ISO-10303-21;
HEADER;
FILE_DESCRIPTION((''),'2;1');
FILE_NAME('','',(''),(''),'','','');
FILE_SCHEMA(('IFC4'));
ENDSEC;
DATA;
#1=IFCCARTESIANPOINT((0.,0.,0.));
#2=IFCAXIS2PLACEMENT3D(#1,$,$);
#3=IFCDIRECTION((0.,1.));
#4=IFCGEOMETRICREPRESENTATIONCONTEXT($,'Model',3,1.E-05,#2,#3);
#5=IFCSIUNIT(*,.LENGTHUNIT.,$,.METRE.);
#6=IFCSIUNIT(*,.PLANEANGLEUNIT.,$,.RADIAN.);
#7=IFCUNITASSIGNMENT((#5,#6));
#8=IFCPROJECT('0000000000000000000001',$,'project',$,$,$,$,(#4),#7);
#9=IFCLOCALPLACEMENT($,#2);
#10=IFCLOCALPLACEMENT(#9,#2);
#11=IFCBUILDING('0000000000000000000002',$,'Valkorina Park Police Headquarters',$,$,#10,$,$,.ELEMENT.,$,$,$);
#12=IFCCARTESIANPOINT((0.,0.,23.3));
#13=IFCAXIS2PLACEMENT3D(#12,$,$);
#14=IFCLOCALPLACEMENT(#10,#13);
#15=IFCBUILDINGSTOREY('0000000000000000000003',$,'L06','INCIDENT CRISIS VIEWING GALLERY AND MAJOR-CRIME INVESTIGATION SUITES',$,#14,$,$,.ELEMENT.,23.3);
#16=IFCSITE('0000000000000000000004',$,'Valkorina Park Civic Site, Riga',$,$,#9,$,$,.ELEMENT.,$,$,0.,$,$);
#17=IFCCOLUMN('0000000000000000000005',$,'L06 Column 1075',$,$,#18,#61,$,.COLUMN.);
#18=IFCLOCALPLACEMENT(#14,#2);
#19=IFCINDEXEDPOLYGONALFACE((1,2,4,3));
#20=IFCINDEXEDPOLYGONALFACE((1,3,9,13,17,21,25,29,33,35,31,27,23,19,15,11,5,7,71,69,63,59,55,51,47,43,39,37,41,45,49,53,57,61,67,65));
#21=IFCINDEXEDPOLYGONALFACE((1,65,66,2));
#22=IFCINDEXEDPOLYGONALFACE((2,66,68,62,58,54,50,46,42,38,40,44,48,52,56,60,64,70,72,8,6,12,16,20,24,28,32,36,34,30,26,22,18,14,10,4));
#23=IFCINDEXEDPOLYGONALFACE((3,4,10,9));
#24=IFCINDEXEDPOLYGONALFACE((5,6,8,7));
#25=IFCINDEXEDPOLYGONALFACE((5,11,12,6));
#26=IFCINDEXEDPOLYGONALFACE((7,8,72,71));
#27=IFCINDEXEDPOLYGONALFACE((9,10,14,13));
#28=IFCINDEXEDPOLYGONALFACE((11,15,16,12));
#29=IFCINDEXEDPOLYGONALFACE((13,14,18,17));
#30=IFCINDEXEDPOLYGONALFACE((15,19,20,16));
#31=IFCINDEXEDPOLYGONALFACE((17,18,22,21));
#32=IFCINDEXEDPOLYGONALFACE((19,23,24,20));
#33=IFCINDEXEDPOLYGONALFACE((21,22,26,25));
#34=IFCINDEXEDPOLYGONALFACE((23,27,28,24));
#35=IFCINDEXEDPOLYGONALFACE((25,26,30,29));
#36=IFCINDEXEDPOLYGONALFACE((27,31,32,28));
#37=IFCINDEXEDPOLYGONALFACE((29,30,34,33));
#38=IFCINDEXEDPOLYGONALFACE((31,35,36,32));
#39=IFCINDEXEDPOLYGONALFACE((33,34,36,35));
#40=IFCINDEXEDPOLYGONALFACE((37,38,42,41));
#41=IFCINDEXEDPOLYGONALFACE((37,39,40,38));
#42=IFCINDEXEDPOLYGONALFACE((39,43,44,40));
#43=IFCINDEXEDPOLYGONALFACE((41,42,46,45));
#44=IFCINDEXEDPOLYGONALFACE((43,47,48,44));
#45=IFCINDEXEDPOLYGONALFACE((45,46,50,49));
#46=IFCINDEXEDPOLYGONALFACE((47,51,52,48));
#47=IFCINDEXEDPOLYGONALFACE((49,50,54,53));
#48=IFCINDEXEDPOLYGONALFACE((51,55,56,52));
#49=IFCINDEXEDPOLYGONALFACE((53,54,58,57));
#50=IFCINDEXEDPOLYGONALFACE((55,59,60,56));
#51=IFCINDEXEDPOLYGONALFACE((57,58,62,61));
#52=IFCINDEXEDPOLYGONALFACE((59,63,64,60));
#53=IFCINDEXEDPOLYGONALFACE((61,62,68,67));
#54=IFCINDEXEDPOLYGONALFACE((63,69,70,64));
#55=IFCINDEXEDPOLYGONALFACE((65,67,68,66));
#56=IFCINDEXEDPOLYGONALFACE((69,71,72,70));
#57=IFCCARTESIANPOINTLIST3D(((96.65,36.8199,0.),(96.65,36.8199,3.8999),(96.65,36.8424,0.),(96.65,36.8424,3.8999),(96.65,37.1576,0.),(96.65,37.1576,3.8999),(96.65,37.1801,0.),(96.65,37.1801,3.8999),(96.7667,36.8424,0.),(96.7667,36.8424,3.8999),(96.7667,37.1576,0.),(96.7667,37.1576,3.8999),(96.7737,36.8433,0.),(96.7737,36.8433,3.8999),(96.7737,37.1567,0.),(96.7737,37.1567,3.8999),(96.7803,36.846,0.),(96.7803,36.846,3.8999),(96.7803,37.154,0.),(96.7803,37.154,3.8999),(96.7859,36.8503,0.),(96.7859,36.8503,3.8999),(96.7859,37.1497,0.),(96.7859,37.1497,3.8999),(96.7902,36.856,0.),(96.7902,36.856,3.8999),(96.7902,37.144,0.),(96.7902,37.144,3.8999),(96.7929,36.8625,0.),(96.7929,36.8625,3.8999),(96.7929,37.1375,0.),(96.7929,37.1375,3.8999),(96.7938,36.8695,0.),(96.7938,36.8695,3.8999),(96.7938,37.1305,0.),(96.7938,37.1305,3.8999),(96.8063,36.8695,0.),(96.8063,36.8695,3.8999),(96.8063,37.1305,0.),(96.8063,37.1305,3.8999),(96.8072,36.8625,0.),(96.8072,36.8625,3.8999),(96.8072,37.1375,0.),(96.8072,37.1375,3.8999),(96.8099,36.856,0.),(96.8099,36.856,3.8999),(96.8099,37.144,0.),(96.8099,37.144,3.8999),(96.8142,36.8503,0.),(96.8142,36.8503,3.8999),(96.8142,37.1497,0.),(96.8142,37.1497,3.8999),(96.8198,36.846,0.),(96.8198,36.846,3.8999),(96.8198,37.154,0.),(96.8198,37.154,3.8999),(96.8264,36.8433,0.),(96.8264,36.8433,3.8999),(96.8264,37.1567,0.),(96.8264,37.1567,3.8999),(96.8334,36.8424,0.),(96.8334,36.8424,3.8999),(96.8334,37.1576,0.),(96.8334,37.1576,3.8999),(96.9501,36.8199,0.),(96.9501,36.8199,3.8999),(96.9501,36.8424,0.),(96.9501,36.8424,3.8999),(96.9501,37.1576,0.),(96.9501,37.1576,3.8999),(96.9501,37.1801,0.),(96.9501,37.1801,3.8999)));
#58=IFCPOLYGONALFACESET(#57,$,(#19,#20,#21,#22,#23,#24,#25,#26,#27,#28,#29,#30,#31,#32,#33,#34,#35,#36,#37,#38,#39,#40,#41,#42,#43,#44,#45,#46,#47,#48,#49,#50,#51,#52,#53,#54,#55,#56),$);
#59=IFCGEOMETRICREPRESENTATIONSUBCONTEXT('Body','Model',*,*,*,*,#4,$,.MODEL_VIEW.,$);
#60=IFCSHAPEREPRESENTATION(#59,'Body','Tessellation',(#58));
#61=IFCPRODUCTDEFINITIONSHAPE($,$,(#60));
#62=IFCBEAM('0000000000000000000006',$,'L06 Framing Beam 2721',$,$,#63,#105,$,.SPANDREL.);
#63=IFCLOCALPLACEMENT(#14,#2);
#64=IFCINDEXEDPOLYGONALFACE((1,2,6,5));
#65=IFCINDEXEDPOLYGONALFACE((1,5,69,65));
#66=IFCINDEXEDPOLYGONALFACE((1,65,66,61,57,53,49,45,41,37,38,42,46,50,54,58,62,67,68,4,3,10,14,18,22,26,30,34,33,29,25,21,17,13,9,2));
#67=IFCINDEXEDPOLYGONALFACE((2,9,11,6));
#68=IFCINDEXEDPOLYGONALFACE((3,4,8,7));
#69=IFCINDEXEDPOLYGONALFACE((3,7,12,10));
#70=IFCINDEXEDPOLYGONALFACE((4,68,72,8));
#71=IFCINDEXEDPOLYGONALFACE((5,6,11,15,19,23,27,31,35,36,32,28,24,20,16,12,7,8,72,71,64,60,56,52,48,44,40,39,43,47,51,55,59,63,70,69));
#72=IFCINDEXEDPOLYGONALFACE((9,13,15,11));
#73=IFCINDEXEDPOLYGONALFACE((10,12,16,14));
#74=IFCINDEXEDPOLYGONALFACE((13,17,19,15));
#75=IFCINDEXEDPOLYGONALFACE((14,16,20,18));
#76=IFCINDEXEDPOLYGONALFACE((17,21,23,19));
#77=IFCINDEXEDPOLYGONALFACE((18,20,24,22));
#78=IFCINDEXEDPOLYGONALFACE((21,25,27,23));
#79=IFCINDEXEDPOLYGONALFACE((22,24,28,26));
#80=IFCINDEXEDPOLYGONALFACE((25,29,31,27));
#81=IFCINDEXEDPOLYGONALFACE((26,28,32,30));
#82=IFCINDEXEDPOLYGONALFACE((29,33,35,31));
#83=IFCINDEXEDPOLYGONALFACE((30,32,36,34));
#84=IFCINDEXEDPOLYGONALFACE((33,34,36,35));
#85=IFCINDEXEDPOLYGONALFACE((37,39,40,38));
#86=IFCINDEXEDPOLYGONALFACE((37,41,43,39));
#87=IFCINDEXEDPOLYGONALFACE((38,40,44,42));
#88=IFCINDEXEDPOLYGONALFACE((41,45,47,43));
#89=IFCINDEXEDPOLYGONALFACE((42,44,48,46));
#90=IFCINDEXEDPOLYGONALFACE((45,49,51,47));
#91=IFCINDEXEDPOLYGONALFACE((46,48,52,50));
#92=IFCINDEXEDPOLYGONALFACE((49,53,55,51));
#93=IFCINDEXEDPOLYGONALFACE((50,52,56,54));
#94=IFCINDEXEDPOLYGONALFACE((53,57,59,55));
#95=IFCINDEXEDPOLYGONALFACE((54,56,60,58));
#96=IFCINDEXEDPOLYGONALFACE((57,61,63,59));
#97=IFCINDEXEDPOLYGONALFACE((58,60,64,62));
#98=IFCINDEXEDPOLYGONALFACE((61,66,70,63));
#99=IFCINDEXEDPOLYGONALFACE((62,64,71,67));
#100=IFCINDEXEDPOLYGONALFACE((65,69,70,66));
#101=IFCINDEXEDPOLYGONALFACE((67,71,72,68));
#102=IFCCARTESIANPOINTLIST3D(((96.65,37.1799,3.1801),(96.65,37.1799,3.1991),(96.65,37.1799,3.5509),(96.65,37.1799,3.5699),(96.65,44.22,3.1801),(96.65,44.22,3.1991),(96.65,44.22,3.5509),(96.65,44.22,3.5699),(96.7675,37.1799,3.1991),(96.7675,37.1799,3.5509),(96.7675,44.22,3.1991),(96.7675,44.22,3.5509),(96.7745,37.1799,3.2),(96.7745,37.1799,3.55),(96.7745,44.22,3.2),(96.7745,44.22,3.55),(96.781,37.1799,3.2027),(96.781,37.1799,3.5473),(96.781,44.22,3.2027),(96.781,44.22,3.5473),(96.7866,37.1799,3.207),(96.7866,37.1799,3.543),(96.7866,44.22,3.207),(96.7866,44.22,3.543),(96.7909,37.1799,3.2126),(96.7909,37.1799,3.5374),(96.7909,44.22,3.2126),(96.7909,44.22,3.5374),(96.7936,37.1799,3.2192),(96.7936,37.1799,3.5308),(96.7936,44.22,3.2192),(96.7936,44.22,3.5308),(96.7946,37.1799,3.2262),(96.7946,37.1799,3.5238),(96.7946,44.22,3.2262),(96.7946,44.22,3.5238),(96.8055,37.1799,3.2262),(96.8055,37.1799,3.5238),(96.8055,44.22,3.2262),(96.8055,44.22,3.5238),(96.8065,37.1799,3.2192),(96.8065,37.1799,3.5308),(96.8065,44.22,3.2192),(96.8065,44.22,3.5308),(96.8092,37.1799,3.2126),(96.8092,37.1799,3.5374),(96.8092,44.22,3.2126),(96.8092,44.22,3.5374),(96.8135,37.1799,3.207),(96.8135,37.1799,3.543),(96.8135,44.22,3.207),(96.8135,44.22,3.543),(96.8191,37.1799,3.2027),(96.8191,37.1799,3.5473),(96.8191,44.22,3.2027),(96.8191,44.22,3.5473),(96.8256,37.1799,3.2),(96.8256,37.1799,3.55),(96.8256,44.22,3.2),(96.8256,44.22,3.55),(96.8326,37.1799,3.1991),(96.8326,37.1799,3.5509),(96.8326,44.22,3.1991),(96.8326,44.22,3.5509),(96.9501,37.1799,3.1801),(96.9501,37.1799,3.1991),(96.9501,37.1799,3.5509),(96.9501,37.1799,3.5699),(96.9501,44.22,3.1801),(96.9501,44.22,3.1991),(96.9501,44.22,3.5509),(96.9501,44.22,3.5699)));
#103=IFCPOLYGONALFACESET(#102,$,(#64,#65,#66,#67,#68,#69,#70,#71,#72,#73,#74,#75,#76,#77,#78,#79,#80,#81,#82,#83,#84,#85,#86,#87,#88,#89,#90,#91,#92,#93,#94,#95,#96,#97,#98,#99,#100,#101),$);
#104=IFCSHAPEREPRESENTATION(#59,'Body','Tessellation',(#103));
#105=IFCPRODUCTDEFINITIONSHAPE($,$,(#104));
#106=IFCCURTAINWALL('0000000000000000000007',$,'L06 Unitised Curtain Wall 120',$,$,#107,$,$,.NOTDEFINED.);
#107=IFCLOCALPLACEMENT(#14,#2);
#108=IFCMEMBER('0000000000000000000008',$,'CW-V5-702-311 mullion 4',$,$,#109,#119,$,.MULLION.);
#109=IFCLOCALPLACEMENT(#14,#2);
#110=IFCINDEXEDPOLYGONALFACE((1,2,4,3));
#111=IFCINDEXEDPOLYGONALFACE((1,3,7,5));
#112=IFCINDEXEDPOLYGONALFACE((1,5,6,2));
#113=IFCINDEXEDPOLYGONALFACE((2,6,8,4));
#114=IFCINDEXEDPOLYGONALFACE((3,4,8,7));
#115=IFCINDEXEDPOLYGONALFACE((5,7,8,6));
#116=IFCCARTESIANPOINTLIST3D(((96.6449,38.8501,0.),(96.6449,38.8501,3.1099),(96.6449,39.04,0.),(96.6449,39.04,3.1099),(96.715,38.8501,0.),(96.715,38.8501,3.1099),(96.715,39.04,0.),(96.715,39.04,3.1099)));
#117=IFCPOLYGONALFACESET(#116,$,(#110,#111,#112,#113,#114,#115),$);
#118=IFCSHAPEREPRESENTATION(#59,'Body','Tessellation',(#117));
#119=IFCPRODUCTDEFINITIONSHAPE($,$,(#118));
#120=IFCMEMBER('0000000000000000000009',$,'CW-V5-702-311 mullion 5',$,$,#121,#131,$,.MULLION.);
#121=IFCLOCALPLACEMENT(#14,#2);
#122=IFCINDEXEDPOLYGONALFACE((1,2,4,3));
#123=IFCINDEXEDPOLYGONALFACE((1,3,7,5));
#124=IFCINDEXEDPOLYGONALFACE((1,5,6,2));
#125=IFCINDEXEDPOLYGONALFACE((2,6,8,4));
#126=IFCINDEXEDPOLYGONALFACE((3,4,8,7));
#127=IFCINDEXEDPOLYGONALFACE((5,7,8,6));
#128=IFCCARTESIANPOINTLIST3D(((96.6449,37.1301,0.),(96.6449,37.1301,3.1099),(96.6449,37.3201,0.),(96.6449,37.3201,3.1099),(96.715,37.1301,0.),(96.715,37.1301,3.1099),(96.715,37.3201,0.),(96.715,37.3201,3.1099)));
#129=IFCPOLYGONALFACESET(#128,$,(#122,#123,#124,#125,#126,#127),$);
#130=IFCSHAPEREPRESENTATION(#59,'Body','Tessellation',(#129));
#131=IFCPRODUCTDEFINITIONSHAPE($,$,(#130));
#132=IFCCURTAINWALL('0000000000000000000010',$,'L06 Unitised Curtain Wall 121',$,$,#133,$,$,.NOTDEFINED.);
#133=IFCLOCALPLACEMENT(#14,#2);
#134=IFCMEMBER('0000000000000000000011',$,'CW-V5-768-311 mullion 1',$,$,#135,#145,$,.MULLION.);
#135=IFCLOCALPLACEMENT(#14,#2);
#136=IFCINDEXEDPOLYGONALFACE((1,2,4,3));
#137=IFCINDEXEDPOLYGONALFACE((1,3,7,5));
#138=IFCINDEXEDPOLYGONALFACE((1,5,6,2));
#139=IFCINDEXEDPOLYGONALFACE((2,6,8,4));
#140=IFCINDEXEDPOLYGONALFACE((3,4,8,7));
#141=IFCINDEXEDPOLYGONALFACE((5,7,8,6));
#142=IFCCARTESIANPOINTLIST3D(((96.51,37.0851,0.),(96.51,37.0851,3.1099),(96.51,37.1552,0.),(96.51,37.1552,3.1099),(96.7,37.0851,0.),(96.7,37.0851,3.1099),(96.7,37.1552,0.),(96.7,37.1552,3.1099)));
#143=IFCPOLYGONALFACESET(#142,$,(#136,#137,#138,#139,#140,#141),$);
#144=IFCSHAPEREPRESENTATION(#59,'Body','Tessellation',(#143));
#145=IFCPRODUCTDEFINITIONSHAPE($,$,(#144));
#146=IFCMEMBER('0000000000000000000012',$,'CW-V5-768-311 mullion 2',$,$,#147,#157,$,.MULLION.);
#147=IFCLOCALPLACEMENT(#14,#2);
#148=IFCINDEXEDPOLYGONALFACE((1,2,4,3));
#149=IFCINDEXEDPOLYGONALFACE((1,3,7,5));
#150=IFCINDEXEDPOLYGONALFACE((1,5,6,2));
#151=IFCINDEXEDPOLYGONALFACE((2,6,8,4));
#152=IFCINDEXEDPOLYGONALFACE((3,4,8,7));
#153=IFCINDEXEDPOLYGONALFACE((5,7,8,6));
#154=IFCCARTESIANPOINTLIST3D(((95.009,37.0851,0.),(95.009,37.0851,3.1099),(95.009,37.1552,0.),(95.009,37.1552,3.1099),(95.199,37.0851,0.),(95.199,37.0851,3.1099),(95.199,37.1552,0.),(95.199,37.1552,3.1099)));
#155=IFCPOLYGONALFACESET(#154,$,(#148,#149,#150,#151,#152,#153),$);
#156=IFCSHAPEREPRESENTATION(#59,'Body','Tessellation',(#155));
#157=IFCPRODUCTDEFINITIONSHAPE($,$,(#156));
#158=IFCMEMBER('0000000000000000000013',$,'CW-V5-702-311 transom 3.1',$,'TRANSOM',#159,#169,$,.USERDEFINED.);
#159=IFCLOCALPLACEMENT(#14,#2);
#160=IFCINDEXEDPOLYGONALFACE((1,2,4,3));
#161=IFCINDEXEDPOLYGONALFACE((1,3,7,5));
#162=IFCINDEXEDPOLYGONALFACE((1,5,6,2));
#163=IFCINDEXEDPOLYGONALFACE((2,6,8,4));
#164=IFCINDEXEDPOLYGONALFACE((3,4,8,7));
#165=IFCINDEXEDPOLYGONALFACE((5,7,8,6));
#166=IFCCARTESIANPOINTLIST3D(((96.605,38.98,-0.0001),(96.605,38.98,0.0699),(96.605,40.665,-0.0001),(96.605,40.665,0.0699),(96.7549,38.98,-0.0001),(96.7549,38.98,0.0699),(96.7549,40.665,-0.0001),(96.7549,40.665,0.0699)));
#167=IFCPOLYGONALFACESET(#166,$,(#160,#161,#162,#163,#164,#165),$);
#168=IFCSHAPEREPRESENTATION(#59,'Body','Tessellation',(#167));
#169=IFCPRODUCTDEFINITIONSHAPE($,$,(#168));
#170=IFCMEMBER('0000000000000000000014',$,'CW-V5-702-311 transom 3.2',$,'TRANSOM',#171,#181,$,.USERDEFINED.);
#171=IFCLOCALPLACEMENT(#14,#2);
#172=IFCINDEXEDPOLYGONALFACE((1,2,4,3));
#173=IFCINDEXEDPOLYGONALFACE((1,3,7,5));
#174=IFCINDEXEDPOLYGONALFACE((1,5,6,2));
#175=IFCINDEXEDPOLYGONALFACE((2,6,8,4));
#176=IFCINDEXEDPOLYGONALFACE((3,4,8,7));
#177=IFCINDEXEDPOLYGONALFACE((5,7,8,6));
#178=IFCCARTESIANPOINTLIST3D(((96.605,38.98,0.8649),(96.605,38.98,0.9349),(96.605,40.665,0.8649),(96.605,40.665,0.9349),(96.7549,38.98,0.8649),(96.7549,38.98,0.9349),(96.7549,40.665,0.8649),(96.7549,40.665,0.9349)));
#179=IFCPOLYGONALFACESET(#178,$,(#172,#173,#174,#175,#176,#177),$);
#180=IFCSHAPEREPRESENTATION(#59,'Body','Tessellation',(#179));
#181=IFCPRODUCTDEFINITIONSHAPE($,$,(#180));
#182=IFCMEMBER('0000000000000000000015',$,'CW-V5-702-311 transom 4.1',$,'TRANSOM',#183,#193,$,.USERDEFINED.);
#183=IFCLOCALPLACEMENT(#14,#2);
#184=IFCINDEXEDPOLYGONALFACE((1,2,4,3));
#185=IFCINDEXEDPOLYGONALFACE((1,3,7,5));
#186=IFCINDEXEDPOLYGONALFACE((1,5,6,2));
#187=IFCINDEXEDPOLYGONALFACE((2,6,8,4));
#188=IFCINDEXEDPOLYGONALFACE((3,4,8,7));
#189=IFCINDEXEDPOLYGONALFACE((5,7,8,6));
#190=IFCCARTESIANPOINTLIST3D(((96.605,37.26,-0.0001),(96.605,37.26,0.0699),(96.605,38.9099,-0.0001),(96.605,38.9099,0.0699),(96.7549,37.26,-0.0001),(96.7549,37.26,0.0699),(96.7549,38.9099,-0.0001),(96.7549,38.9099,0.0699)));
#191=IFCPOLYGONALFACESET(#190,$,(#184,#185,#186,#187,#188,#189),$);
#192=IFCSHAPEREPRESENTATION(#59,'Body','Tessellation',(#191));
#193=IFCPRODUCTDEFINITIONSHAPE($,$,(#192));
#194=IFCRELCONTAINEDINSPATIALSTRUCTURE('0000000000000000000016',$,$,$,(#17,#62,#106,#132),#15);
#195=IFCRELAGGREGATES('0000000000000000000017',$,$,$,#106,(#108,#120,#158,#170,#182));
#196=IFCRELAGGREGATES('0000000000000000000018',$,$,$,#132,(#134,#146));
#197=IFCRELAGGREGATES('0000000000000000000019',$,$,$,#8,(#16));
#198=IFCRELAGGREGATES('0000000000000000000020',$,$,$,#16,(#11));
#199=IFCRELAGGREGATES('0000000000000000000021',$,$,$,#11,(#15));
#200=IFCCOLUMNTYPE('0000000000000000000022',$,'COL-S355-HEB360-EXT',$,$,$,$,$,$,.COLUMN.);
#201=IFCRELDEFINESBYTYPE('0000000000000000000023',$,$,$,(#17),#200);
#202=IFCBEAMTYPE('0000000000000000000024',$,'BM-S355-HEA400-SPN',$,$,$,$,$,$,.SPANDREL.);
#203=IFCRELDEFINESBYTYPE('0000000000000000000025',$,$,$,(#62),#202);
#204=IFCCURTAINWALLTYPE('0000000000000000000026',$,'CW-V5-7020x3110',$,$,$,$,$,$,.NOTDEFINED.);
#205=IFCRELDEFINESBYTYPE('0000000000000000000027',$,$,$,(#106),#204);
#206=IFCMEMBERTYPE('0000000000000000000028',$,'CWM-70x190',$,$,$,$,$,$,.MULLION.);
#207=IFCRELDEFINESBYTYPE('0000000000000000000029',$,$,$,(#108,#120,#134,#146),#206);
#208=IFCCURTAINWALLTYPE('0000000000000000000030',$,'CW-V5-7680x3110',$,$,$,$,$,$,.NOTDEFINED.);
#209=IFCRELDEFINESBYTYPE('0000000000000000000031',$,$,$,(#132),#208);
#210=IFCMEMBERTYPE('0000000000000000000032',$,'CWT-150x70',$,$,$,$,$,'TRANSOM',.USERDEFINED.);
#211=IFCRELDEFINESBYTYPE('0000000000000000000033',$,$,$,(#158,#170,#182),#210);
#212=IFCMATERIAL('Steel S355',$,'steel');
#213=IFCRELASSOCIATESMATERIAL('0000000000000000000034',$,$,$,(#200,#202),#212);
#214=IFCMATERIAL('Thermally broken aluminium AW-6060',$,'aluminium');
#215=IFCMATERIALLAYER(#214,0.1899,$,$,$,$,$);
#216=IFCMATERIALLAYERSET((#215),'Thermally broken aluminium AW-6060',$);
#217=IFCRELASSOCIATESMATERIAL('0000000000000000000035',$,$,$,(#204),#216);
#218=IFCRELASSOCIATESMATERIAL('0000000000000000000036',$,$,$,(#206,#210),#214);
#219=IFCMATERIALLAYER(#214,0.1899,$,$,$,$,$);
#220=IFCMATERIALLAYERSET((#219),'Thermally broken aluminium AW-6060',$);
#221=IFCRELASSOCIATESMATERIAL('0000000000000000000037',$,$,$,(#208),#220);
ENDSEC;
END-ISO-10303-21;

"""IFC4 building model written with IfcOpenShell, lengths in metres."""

from ifc_helpers import new_model, si_unit, direction, frame, origin, origin_2d, place, context, subcontext, project, spatial, rectangle, i_section, extrude, material, layer, layer_set, material_profile, profile_set, type_object, element, aggregate, save


model = new_model("IFC4")

# Units and contexts
model_context = context("Model", 3, precision=1e-05, world=origin(), true_north=direction((0.0, 1.0)))
body_context = subcontext(model_context, "Body", "Model", "MODEL_VIEW")
ifc_project = project(units=[si_unit("LENGTHUNIT", "METRE"), si_unit("PLANEANGLEUNIT", "RADIAN")], contexts=[model_context])

# Site, building, storey
site_placement = place(None, origin())
site = spatial("IfcSite", under=ifc_project, at=site_placement, Name="Valkorina Park Civic Site, Riga", CompositionType="ELEMENT", RefElevation=0.0)
building_placement = place(site_placement, origin())
building = spatial("IfcBuilding", under=site, at=building_placement, Name="Valkorina Park Police Headquarters", CompositionType="ELEMENT")
storey_placement = place(building_placement, frame((0.0, 0.0, 23.3)))
storey = spatial("IfcBuildingStorey", under=building, at=storey_placement, Name="L06", Description="INCIDENT CRISIS VIEWING GALLERY AND MAJOR-CRIME INVESTIGATION SUITES", CompositionType="ELEMENT", Elevation=23.3)

# Column
ifc_material_1 = material(Name="Steel S355", Category="steel")
ifc_material_profile_1 = material_profile(ifc_material_1, i_section(OverallWidth=0.3, OverallDepth=0.3601, WebThickness=0.0125, FlangeThickness=0.0225, FilletRadius=0.0271, at=origin_2d()), Name="HEB 360")
ifc_profile_set_1 = profile_set([ifc_material_profile_1], Name="Steel S355")
column_type = type_object("IfcColumnType", Name="COL-S355-HEB360-EXT", PredefinedType="COLUMN", material=ifc_profile_set_1)
column_placement = place(storey_placement, frame((96.8, 37.0, 0.0), z_axis=(0.0, 0.0, 1.0), x_axis=(1.0, 0.0, 0.0)))
element("IfcColumn", 1, at=column_placement, inside=storey, type_object=column_type, Name="L06 Column 1075", PredefinedType="COLUMN", context=body_context, shape_type="SweptSolid", body=[
    extrude(i_section(OverallWidth=0.3, OverallDepth=0.3601, WebThickness=0.0125, FlangeThickness=0.0225, FilletRadius=0.0271, at=origin_2d()), origin(), (0.0, 0.0, 1.0), 3.8999),
])

# Beam
ifc_material_profile_2 = material_profile(ifc_material_1, i_section(OverallWidth=0.3, OverallDepth=0.3899, WebThickness=0.011, FlangeThickness=0.019, FilletRadius=0.0271, at=origin_2d()), Name="HEA 400")
ifc_profile_set_2 = profile_set([ifc_material_profile_2], Name="Steel S355")
beam_type = type_object("IfcBeamType", Name="BM-S355-HEA400-SPN", PredefinedType="SPANDREL", material=ifc_profile_set_2)
beam_placement = place(storey_placement, frame((96.8, 37.1799, 3.375), z_axis=(0.0, 1.0, 0.0), x_axis=(-1.0, 0.0, 0.0)))
element("IfcBeam", 2, at=beam_placement, inside=storey, type_object=beam_type, Name="L06 Framing Beam 2721", PredefinedType="SPANDREL", context=body_context, shape_type="SweptSolid", body=[
    extrude(i_section(OverallWidth=0.3, OverallDepth=0.3899, WebThickness=0.011, FlangeThickness=0.019, FilletRadius=0.0271, at=origin_2d()), origin(), (0.0, 0.0, 1.0), 7.04),
])

# Curtain walls, members
ifc_material_2 = material(Name="Thermally broken aluminium AW-6060", Category="aluminium")
ifc_layer_1 = layer(ifc_material_2, 0.1899)
ifc_layer_set_1 = layer_set([ifc_layer_1], Name="Thermally broken aluminium AW-6060")
curtain_wall_type_1 = type_object("IfcCurtainWallType", Name="CW-V5-7020x3110", PredefinedType="NOTDEFINED", material=ifc_layer_set_1)
curtain_wall_1_placement = place(storey_placement, origin())
curtain_wall_1 = element("IfcCurtainWall", 3, at=curtain_wall_1_placement, inside=storey, type_object=curtain_wall_type_1, Name="L06 Unitised Curtain Wall 120", PredefinedType="NOTDEFINED")
ifc_material_profile_3 = material_profile(ifc_material_2, rectangle(XDim=0.0701, YDim=0.1899, at=origin_2d()), Name="CWM-02 70x190")
ifc_profile_set_3 = profile_set([ifc_material_profile_3], Name="Thermally broken aluminium AW-6060")
member_type_1 = type_object("IfcMemberType", Name="CWM-70x190", PredefinedType="MULLION", material=ifc_profile_set_3)
member_1_placement = place(storey_placement, frame((96.6799, 38.9451, 0.0), z_axis=(0.0, 0.0, 1.0), x_axis=(1.0, 0.0, 0.0)))
member_1 = element("IfcMember", 4, at=member_1_placement, type_object=member_type_1, Name="CW-V5-702-311 mullion 4", PredefinedType="MULLION", context=body_context, shape_type="SweptSolid", body=[
    extrude(rectangle(XDim=0.0701, YDim=0.1899, at=origin_2d()), origin(), (0.0, 0.0, 1.0), 3.1099),
])
member_2_placement = place(storey_placement, frame((96.6799, 37.2251, 0.0), z_axis=(0.0, 0.0, 1.0), x_axis=(1.0, 0.0, 0.0)))
member_2 = element("IfcMember", 5, at=member_2_placement, type_object=member_type_1, Name="CW-V5-702-311 mullion 5", PredefinedType="MULLION", context=body_context, shape_type="SweptSolid", body=[
    extrude(rectangle(XDim=0.0701, YDim=0.1899, at=origin_2d()), origin(), (0.0, 0.0, 1.0), 3.1099),
])
ifc_layer_2 = layer(ifc_material_2, 0.1899)
ifc_layer_set_2 = layer_set([ifc_layer_2], Name="Thermally broken aluminium AW-6060")
curtain_wall_type_2 = type_object("IfcCurtainWallType", Name="CW-V5-7680x3110", PredefinedType="NOTDEFINED", material=ifc_layer_set_2)
curtain_wall_2_placement = place(storey_placement, origin())
curtain_wall_2 = element("IfcCurtainWall", 6, at=curtain_wall_2_placement, inside=storey, type_object=curtain_wall_type_2, Name="L06 Unitised Curtain Wall 121", PredefinedType="NOTDEFINED")
member_3_placement = place(storey_placement, frame((96.605, 37.1201, 0.0), z_axis=(0.0, 0.0, 1.0), x_axis=(0.0, -1.0, 0.0)))
member_3 = element("IfcMember", 7, at=member_3_placement, type_object=member_type_1, Name="CW-V5-768-311 mullion 1", PredefinedType="MULLION", context=body_context, shape_type="SweptSolid", body=[
    extrude(rectangle(XDim=0.0701, YDim=0.1899, at=origin_2d()), origin(), (0.0, 0.0, 1.0), 3.1099),
])
member_4_placement = place(storey_placement, frame((95.104, 37.1201, 0.0), z_axis=(0.0, 0.0, 1.0), x_axis=(0.0, -1.0, 0.0)))
member_4 = element("IfcMember", 8, at=member_4_placement, type_object=member_type_1, Name="CW-V5-768-311 mullion 2", PredefinedType="MULLION", context=body_context, shape_type="SweptSolid", body=[
    extrude(rectangle(XDim=0.0701, YDim=0.1899, at=origin_2d()), origin(), (0.0, 0.0, 1.0), 3.1099),
])

# Members
ifc_material_profile_4 = material_profile(ifc_material_2, rectangle(XDim=0.1499, YDim=0.0701, at=origin_2d()), Name="CWT-02 150x70")
ifc_profile_set_4 = profile_set([ifc_material_profile_4], Name="Thermally broken aluminium AW-6060")
member_type_2 = type_object("IfcMemberType", Name="CWT-150x70", ElementType="TRANSOM", PredefinedType="USERDEFINED", material=ifc_profile_set_4)
member_5_placement = place(storey_placement, frame((96.6799, 40.665, 0.0349), z_axis=(0.0, -1.0, 0.0), x_axis=(1.0, 0.0, 0.0)))
member_5 = element("IfcMember", 9, at=member_5_placement, type_object=member_type_2, Name="CW-V5-702-311 transom 3.1", ObjectType="TRANSOM", PredefinedType="USERDEFINED", context=body_context, shape_type="SweptSolid", body=[
    extrude(rectangle(XDim=0.1499, YDim=0.0701, at=origin_2d()), origin(), (0.0, 0.0, 1.0), 1.6851),
])
member_6_placement = place(storey_placement, frame((96.6799, 40.665, 0.8999), z_axis=(0.0, -1.0, 0.0), x_axis=(1.0, 0.0, 0.0)))
member_6 = element("IfcMember", 10, at=member_6_placement, type_object=member_type_2, Name="CW-V5-702-311 transom 3.2", ObjectType="TRANSOM", PredefinedType="USERDEFINED", context=body_context, shape_type="SweptSolid", body=[
    extrude(rectangle(XDim=0.1499, YDim=0.0701, at=origin_2d()), origin(), (0.0, 0.0, 1.0), 1.6851),
])
member_7_placement = place(storey_placement, frame((96.6799, 38.9099, 0.0349), z_axis=(0.0, -1.0, 0.0), x_axis=(1.0, 0.0, 0.0)))
member_7 = element("IfcMember", 11, at=member_7_placement, type_object=member_type_2, Name="CW-V5-702-311 transom 4.1", ObjectType="TRANSOM", PredefinedType="USERDEFINED", context=body_context, shape_type="SweptSolid", body=[
    extrude(rectangle(XDim=0.1499, YDim=0.0701, at=origin_2d()), origin(), (0.0, 0.0, 1.0), 1.6499),
])

aggregate(curtain_wall_1, [member_1, member_2, member_5, member_6, member_7])
aggregate(curtain_wall_2, [member_3, member_4])

save(model, "model.ifc")
